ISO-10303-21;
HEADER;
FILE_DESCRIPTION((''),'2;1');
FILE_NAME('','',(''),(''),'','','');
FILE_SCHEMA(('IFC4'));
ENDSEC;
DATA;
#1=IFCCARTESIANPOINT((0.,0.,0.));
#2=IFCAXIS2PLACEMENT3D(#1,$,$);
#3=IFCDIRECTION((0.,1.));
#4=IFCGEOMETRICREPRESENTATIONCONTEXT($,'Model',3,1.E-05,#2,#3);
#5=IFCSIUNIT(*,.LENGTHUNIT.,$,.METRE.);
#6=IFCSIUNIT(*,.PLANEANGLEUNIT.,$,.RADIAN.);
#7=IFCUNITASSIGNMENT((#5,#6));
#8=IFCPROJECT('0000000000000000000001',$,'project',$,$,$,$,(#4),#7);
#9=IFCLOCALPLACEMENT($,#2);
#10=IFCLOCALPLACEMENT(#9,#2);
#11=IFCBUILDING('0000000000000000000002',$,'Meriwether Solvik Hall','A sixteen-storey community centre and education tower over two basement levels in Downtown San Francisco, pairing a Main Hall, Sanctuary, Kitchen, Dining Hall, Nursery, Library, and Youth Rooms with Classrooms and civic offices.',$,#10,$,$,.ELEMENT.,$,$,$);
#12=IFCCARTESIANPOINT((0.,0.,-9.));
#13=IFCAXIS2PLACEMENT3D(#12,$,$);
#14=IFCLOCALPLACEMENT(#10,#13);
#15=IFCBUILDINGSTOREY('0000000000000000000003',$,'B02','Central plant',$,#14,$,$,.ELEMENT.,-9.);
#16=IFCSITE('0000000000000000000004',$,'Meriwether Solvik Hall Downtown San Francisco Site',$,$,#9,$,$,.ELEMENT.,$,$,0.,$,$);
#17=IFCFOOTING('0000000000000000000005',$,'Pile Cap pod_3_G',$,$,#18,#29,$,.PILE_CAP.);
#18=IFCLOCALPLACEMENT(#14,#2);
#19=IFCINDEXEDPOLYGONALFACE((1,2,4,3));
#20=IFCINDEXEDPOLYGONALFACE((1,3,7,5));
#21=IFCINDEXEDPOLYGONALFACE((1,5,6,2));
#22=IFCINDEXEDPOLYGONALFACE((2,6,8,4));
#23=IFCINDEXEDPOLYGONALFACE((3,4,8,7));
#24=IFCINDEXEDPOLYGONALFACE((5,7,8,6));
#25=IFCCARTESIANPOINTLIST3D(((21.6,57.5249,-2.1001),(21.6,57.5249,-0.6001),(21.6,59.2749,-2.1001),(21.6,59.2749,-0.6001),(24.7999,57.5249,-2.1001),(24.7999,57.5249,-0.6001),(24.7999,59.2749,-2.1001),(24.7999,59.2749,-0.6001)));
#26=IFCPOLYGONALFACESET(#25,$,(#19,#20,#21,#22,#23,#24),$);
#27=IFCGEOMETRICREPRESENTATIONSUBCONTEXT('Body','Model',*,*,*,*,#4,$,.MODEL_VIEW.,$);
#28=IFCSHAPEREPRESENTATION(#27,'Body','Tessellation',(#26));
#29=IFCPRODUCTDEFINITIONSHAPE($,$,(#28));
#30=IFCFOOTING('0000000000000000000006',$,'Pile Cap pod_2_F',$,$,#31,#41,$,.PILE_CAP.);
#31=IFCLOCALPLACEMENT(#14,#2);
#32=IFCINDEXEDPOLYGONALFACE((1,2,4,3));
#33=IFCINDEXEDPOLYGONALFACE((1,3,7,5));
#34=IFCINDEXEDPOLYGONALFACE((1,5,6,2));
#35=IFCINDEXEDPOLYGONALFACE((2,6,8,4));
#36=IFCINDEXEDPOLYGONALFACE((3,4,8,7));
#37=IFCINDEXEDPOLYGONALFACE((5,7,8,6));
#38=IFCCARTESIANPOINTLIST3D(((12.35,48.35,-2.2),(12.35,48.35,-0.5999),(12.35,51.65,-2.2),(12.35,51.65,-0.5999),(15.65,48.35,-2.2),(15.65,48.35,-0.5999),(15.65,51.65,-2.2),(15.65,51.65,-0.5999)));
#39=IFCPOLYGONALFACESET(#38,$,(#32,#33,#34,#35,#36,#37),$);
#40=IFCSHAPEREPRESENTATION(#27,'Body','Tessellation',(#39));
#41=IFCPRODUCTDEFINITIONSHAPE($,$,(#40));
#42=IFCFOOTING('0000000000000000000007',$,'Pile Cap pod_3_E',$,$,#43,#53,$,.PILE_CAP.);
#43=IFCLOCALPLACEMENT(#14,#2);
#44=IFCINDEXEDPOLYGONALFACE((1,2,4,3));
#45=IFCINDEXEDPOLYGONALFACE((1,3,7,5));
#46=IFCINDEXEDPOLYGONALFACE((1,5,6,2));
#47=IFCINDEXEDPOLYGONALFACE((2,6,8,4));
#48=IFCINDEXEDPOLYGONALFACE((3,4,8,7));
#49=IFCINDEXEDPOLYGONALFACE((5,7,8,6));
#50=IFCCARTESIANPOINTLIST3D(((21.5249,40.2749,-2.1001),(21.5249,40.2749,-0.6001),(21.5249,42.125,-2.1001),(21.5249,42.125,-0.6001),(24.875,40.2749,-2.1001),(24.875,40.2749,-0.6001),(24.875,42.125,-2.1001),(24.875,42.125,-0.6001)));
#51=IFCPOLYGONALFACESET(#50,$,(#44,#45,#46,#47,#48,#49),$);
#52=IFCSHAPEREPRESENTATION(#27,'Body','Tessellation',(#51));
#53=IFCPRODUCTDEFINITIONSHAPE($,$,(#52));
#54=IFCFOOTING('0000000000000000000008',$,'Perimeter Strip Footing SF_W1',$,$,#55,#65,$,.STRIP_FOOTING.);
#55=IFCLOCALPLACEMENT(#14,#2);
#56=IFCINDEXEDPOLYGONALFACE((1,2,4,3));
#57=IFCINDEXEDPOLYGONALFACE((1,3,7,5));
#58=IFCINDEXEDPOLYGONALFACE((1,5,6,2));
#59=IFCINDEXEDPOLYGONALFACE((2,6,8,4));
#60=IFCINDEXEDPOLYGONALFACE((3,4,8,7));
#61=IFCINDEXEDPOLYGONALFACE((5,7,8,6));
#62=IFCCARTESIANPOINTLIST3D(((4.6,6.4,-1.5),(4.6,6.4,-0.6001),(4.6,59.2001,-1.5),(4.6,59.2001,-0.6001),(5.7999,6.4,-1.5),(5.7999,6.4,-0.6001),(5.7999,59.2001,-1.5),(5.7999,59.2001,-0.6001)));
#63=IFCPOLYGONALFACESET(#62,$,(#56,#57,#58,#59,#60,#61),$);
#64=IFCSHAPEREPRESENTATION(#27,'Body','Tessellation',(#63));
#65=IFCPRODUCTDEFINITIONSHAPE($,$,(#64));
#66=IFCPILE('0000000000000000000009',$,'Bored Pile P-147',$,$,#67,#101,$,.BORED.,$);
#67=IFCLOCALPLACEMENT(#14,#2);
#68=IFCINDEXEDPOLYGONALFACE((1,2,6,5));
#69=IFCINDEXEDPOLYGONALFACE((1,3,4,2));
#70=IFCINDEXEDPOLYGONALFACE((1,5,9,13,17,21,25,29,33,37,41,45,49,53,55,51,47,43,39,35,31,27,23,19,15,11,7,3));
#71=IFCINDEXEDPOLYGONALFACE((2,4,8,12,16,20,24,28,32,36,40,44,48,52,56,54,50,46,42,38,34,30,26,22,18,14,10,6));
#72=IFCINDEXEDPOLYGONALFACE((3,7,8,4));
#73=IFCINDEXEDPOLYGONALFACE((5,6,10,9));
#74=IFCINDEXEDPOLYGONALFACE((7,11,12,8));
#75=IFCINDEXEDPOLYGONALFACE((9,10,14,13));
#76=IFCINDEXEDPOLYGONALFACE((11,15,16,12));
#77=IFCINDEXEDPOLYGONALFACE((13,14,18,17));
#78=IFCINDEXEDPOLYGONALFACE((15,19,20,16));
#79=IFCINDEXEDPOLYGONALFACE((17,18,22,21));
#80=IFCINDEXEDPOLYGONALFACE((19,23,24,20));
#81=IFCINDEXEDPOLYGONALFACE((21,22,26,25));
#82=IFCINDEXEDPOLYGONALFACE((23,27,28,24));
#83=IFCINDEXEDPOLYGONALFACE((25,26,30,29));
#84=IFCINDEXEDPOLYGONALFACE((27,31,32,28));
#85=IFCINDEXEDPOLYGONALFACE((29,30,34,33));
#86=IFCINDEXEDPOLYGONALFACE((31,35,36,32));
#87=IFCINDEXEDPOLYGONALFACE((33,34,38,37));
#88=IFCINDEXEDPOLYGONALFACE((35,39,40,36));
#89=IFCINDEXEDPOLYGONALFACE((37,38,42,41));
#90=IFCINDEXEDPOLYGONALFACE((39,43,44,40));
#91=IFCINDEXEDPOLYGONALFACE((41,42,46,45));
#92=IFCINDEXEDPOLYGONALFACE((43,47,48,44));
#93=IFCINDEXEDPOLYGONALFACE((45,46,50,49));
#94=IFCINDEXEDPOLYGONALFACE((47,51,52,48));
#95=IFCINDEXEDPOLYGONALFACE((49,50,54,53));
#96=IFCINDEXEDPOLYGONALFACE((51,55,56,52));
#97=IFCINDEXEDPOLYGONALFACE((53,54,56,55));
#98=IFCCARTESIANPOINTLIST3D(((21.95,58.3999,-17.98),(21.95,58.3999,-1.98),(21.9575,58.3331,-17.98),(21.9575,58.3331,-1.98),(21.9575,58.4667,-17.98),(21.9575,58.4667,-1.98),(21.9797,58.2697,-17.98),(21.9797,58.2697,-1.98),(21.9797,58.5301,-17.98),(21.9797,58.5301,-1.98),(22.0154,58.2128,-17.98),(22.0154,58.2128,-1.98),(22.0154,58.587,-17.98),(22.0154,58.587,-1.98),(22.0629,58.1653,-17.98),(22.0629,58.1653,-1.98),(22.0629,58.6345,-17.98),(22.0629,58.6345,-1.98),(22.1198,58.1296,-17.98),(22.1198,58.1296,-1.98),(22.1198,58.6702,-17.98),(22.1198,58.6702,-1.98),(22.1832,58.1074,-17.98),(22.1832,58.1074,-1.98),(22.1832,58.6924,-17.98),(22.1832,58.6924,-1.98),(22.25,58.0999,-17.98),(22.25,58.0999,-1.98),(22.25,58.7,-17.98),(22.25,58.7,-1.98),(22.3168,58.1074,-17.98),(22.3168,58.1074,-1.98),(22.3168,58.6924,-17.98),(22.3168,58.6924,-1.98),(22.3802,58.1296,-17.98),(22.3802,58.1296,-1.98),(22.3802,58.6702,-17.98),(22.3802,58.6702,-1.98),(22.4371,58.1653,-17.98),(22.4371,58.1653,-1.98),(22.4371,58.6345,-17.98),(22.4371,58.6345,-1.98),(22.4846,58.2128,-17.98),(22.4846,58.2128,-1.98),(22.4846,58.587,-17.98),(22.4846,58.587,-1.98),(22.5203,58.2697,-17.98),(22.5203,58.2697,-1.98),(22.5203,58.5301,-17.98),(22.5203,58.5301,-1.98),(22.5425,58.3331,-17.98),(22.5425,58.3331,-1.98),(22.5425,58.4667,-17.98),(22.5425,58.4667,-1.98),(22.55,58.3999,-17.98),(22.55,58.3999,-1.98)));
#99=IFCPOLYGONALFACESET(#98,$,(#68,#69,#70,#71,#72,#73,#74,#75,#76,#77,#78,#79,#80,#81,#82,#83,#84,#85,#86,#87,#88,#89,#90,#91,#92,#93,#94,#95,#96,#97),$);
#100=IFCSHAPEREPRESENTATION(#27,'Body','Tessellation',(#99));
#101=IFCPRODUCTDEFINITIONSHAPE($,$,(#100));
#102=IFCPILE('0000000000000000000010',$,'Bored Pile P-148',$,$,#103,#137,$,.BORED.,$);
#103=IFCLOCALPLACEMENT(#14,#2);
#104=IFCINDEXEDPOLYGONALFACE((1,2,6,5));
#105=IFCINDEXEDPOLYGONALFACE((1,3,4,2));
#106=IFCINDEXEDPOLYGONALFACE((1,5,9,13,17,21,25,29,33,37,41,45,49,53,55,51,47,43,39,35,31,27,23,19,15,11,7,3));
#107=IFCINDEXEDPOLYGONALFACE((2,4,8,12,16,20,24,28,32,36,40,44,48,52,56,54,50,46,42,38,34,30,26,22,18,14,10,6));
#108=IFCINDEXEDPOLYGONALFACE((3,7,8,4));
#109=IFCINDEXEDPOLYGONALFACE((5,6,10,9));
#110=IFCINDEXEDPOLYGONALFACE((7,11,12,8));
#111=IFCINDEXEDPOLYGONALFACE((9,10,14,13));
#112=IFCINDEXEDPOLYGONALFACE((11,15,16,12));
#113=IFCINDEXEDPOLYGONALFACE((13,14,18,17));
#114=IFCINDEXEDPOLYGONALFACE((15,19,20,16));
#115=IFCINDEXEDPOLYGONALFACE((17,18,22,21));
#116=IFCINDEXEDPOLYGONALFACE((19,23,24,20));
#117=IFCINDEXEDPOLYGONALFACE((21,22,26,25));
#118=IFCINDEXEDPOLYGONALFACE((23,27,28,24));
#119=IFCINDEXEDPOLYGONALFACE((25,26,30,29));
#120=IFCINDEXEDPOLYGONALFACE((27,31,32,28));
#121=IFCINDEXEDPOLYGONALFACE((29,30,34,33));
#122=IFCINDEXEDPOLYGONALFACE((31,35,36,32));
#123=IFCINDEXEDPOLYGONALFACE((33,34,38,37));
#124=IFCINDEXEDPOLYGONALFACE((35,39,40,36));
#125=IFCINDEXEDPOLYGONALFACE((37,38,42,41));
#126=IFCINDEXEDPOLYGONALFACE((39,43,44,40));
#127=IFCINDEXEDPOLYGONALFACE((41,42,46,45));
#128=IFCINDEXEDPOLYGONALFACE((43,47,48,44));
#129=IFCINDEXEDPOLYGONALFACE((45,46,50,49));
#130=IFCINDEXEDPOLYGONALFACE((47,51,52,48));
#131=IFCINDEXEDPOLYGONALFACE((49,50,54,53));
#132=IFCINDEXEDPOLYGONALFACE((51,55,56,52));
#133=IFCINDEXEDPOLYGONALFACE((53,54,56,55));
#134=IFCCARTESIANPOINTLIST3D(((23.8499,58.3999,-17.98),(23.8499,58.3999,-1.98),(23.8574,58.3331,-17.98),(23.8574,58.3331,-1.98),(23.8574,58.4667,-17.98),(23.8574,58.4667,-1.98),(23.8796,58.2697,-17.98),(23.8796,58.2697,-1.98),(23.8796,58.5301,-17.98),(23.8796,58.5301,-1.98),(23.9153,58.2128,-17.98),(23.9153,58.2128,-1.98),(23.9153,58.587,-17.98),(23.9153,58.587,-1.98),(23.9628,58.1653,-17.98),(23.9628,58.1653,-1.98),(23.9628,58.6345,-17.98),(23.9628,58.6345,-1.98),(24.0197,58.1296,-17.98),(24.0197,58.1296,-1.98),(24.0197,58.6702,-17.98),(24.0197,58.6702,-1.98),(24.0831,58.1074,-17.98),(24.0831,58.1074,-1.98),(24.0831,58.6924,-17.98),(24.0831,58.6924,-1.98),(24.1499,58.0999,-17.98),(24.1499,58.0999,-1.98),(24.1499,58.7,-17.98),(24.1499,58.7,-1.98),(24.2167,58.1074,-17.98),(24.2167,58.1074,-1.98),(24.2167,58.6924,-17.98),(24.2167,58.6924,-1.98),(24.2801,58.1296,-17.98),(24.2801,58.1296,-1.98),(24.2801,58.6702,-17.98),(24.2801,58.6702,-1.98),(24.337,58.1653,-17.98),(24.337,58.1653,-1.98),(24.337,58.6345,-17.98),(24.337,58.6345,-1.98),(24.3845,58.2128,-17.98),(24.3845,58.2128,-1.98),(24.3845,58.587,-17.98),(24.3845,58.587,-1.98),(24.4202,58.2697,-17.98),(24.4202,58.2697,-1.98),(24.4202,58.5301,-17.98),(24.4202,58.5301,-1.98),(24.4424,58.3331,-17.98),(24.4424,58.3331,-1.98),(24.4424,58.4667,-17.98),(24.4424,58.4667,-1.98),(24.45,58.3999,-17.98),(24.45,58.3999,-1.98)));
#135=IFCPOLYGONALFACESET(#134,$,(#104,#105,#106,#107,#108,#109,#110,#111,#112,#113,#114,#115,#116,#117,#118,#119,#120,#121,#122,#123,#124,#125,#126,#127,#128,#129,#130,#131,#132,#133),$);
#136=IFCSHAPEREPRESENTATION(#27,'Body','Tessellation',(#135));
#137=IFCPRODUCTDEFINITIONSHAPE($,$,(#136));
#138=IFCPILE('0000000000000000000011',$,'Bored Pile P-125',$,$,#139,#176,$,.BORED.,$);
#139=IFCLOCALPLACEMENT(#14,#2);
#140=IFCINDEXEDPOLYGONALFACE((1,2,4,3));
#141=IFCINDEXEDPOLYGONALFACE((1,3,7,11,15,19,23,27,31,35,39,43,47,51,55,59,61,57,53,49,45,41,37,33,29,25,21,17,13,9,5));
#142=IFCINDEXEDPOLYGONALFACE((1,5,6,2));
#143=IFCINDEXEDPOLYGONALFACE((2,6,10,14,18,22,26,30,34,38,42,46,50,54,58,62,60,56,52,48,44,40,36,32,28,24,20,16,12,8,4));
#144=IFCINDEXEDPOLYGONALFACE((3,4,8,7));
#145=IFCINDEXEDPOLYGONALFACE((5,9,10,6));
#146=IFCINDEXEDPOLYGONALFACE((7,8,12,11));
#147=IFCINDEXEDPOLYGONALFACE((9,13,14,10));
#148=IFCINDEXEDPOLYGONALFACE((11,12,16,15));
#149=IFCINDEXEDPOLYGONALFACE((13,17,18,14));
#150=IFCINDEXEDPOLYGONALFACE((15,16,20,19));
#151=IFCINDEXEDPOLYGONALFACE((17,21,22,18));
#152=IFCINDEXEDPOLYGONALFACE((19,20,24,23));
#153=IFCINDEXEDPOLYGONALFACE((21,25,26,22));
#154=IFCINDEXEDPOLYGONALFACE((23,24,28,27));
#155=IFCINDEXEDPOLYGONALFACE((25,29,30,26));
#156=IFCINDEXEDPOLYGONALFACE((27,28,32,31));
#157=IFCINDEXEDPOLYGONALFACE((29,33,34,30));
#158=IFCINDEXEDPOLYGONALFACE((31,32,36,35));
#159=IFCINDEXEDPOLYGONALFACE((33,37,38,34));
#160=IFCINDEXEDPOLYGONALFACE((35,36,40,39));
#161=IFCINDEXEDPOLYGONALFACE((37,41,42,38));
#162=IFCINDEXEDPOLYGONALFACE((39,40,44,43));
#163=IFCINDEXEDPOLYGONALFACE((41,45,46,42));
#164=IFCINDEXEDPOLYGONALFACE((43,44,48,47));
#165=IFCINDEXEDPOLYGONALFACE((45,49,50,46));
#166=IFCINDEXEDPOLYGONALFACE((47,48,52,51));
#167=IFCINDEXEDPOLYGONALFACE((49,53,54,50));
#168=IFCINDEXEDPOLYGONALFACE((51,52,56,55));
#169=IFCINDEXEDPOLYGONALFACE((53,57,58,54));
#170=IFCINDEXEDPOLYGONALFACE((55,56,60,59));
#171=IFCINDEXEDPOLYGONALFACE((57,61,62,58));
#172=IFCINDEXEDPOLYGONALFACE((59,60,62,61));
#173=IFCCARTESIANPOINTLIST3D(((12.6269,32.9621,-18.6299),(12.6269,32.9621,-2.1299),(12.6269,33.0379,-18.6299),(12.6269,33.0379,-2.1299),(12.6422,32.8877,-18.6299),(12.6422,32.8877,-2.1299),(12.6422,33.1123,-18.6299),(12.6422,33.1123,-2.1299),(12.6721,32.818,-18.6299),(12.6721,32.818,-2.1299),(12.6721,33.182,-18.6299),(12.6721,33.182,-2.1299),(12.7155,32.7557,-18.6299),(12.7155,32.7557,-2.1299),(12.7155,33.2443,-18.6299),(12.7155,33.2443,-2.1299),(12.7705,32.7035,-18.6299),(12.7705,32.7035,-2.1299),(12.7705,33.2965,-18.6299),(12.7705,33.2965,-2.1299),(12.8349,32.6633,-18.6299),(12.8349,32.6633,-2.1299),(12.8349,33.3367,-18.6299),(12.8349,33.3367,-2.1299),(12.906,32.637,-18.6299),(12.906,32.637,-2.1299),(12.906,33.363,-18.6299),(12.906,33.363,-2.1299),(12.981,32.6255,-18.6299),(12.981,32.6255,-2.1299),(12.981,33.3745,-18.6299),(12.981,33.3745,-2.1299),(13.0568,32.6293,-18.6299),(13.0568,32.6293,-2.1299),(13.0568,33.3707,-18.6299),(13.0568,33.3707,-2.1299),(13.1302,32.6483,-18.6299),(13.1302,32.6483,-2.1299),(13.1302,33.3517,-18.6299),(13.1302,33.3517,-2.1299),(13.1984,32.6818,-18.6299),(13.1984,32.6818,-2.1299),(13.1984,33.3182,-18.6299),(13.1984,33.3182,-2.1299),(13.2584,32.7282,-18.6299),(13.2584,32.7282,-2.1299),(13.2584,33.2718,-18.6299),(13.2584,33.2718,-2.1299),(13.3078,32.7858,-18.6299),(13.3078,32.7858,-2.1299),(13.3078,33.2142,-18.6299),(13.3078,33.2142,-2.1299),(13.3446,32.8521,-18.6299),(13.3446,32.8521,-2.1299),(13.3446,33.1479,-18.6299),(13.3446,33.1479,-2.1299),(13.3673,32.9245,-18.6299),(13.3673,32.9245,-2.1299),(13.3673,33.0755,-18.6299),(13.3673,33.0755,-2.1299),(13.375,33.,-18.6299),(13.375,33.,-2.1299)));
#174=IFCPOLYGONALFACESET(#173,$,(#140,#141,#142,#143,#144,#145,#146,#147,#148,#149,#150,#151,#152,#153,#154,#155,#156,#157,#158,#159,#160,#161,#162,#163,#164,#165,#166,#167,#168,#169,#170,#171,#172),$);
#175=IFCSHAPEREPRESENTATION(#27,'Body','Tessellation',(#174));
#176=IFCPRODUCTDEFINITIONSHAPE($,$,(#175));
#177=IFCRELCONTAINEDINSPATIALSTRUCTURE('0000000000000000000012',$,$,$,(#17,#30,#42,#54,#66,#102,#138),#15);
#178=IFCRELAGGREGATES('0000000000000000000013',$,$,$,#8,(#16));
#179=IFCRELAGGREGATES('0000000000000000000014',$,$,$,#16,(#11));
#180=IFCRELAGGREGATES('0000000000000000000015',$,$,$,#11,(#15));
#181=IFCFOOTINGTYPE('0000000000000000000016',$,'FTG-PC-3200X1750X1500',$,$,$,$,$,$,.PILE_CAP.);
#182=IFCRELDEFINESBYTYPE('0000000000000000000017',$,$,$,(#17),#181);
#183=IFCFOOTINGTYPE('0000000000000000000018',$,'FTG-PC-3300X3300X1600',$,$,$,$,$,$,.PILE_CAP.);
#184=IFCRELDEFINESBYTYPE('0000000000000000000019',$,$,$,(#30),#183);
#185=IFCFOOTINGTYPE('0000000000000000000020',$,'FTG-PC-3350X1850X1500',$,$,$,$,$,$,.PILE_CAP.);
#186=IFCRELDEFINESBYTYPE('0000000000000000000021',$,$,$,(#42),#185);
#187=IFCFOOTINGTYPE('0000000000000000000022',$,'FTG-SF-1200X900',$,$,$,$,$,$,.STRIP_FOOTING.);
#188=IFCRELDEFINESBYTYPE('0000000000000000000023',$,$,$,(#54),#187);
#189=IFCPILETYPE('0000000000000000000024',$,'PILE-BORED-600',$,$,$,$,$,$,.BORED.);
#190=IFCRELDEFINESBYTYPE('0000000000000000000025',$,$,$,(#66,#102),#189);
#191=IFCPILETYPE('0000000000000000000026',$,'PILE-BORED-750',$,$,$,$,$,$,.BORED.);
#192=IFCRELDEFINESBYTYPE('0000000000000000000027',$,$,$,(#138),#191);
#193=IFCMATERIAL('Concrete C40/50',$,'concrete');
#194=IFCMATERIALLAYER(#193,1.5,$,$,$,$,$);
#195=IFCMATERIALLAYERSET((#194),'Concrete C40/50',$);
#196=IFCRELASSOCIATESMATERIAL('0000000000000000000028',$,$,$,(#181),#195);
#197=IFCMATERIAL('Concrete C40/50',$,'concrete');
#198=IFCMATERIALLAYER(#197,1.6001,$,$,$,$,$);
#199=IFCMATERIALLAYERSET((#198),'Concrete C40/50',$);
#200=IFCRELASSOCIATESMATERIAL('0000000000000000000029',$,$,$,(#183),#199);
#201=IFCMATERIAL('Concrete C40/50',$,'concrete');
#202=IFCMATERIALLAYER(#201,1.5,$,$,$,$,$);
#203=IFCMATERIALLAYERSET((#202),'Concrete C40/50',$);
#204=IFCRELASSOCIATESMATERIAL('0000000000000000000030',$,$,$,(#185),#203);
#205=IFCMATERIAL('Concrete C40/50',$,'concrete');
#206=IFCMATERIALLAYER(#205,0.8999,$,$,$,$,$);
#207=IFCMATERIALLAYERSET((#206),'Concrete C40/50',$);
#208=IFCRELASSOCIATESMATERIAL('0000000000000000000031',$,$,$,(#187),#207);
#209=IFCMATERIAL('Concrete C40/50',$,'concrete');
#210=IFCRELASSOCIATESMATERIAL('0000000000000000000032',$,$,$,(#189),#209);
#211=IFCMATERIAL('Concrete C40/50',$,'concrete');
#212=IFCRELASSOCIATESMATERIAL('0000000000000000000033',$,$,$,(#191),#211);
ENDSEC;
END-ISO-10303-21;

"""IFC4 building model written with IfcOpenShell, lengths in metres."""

from ifc_helpers import new_model, si_unit, direction, frame, origin, origin_2d, place, context, subcontext, project, spatial, rectangle, circle, extrude, material, layer, layer_set, material_profile, profile_set, type_object, element, save


model = new_model("IFC4")

# Units and contexts
model_context = context("Model", 3, precision=1e-05, world=origin(), true_north=direction((0.0, 1.0)))
body_context = subcontext(model_context, "Body", "Model", "MODEL_VIEW")
ifc_project = project(units=[si_unit("LENGTHUNIT", "METRE"), si_unit("PLANEANGLEUNIT", "RADIAN")], contexts=[model_context])

# Site, building, storey
site_placement = place(None, origin())
site = spatial("IfcSite", under=ifc_project, at=site_placement, Name="Meriwether Solvik Hall Downtown San Francisco Site", CompositionType="ELEMENT", RefElevation=0.0)
building_placement = place(site_placement, origin())
building = spatial("IfcBuilding", under=site, at=building_placement, Name="Meriwether Solvik Hall", Description="A sixteen-storey community centre and education tower over two basement levels in Downtown San Francisco, pairing a Main Hall, Sanctuary, Kitchen, Dining Hall, Nursery, Library, and Youth Rooms with Classrooms and civic offices.", CompositionType="ELEMENT")
storey_placement = place(building_placement, frame((0.0, 0.0, -9.0)))
storey = spatial("IfcBuildingStorey", under=building, at=storey_placement, Name="B02", Description="Central plant", CompositionType="ELEMENT", Elevation=-9.0)

# Footings
ifc_material_1 = material(Name="Concrete C40/50", Category="concrete")
ifc_layer_1 = layer(ifc_material_1, 1.5)
ifc_layer_set_1 = layer_set([ifc_layer_1], Name="Concrete C40/50")
footing_type_1 = type_object("IfcFootingType", Name="FTG-PC-3200X1750X1500", PredefinedType="PILE_CAP", material=ifc_layer_set_1)
footing_1_placement = place(storey_placement, frame((23.2, 58.3999, -2.1001), z_axis=(0.0, 0.0, 1.0), x_axis=(1.0, 0.0, 0.0)))
element("IfcFooting", 1, at=footing_1_placement, inside=storey, type_object=footing_type_1, Name="Pile Cap pod_3_G", PredefinedType="PILE_CAP", context=body_context, shape_type="SweptSolid", body=[
    extrude(rectangle(XDim=3.2, YDim=1.75, at=origin_2d()), origin(), (0.0, 0.0, 1.0), 1.5),
])
ifc_material_2 = material(Name="Concrete C40/50", Category="concrete")
ifc_layer_2 = layer(ifc_material_2, 1.6001)
ifc_layer_set_2 = layer_set([ifc_layer_2], Name="Concrete C40/50")
footing_type_2 = type_object("IfcFootingType", Name="FTG-PC-3300X3300X1600", PredefinedType="PILE_CAP", material=ifc_layer_set_2)
footing_2_placement = place(storey_placement, frame((14.0, 50.0, -2.2), z_axis=(0.0, 0.0, 1.0), x_axis=(1.0, 0.0, 0.0)))
element("IfcFooting", 2, at=footing_2_placement, inside=storey, type_object=footing_type_2, Name="Pile Cap pod_2_F", PredefinedType="PILE_CAP", context=body_context, shape_type="SweptSolid", body=[
    extrude(rectangle(XDim=3.3, YDim=3.3, at=origin_2d()), origin(), (0.0, 0.0, 1.0), 1.6001),
])
ifc_material_3 = material(Name="Concrete C40/50", Category="concrete")
ifc_layer_3 = layer(ifc_material_3, 1.5)
ifc_layer_set_3 = layer_set([ifc_layer_3], Name="Concrete C40/50")
footing_type_3 = type_object("IfcFootingType", Name="FTG-PC-3350X1850X1500", PredefinedType="PILE_CAP", material=ifc_layer_set_3)
footing_3_placement = place(storey_placement, frame((23.2, 41.2, -2.1001), z_axis=(0.0, 0.0, 1.0), x_axis=(1.0, 0.0, 0.0)))
element("IfcFooting", 3, at=footing_3_placement, inside=storey, type_object=footing_type_3, Name="Pile Cap pod_3_E", PredefinedType="PILE_CAP", context=body_context, shape_type="SweptSolid", body=[
    extrude(rectangle(XDim=3.3501, YDim=1.8501, at=origin_2d()), origin(), (0.0, 0.0, 1.0), 1.5),
])
ifc_material_4 = material(Name="Concrete C40/50", Category="concrete")
ifc_layer_4 = layer(ifc_material_4, 0.8999)
ifc_layer_set_4 = layer_set([ifc_layer_4], Name="Concrete C40/50")
footing_type_4 = type_object("IfcFootingType", Name="FTG-SF-1200X900", PredefinedType="STRIP_FOOTING", material=ifc_layer_set_4)
footing_4_placement = place(storey_placement, frame((5.2, 32.8, -1.5), z_axis=(0.0, 0.0, 1.0), x_axis=(0.0, 1.0, 0.0)))
element("IfcFooting", 4, at=footing_4_placement, inside=storey, type_object=footing_type_4, Name="Perimeter Strip Footing SF_W1", PredefinedType="STRIP_FOOTING", context=body_context, shape_type="SweptSolid", body=[
    extrude(rectangle(XDim=52.8, YDim=1.2, at=origin_2d()), origin(), (0.0, 0.0, 1.0), 0.8999),
])

# Piles
ifc_material_5 = material(Name="Concrete C40/50", Category="concrete")
ifc_material_profile_1 = material_profile(ifc_material_5, circle(Radius=0.3, at=origin_2d()), Name="PILE-D600")
ifc_profile_set_1 = profile_set([ifc_material_profile_1], Name="Concrete C40/50")
pile_type_1 = type_object("IfcPileType", Name="PILE-BORED-600", PredefinedType="BORED", material=ifc_profile_set_1)
for number, where, z_axis, x_axis, name in (
    (5, (22.25, 58.3999, -1.98), (0.0, 0.0, -1.0), (1.0, 0.0, 0.0), "Bored Pile P-147"),
    (6, (24.1499, 58.3999, -1.98), (0.0, 0.0, -1.0), (1.0, 0.0, 0.0), "Bored Pile P-148"),
):
    element("IfcPile", number, at=place(storey_placement, frame(where, z_axis=z_axis, x_axis=x_axis)), inside=storey, type_object=pile_type_1, Name=name, PredefinedType="BORED", context=body_context, shape_type="SweptSolid", body=[
        extrude(circle(Radius=0.3, at=origin_2d()), origin(), (0.0, 0.0, 1.0), 16.0),
    ])
ifc_material_6 = material(Name="Concrete C40/50", Category="concrete")
ifc_material_profile_2 = material_profile(ifc_material_6, circle(Radius=0.375, at=origin_2d()), Name="PILE-D750")
ifc_profile_set_2 = profile_set([ifc_material_profile_2], Name="Concrete C40/50")
pile_type_2 = type_object("IfcPileType", Name="PILE-BORED-750", PredefinedType="BORED", material=ifc_profile_set_2)
for number, where, z_axis, x_axis, name in (
    (7, (13.0, 33.0, -2.1299), (0.0, 0.0, -1.0), (1.0, 0.0, 0.0), "Bored Pile P-125"),
):
    element("IfcPile", number, at=place(storey_placement, frame(where, z_axis=z_axis, x_axis=x_axis)), inside=storey, type_object=pile_type_2, Name=name, PredefinedType="BORED", context=body_context, shape_type="SweptSolid", body=[
        extrude(circle(Radius=0.375, at=origin_2d()), origin(), (0.0, 0.0, 1.0), 16.5),
    ])

save(model, "model.ifc")
